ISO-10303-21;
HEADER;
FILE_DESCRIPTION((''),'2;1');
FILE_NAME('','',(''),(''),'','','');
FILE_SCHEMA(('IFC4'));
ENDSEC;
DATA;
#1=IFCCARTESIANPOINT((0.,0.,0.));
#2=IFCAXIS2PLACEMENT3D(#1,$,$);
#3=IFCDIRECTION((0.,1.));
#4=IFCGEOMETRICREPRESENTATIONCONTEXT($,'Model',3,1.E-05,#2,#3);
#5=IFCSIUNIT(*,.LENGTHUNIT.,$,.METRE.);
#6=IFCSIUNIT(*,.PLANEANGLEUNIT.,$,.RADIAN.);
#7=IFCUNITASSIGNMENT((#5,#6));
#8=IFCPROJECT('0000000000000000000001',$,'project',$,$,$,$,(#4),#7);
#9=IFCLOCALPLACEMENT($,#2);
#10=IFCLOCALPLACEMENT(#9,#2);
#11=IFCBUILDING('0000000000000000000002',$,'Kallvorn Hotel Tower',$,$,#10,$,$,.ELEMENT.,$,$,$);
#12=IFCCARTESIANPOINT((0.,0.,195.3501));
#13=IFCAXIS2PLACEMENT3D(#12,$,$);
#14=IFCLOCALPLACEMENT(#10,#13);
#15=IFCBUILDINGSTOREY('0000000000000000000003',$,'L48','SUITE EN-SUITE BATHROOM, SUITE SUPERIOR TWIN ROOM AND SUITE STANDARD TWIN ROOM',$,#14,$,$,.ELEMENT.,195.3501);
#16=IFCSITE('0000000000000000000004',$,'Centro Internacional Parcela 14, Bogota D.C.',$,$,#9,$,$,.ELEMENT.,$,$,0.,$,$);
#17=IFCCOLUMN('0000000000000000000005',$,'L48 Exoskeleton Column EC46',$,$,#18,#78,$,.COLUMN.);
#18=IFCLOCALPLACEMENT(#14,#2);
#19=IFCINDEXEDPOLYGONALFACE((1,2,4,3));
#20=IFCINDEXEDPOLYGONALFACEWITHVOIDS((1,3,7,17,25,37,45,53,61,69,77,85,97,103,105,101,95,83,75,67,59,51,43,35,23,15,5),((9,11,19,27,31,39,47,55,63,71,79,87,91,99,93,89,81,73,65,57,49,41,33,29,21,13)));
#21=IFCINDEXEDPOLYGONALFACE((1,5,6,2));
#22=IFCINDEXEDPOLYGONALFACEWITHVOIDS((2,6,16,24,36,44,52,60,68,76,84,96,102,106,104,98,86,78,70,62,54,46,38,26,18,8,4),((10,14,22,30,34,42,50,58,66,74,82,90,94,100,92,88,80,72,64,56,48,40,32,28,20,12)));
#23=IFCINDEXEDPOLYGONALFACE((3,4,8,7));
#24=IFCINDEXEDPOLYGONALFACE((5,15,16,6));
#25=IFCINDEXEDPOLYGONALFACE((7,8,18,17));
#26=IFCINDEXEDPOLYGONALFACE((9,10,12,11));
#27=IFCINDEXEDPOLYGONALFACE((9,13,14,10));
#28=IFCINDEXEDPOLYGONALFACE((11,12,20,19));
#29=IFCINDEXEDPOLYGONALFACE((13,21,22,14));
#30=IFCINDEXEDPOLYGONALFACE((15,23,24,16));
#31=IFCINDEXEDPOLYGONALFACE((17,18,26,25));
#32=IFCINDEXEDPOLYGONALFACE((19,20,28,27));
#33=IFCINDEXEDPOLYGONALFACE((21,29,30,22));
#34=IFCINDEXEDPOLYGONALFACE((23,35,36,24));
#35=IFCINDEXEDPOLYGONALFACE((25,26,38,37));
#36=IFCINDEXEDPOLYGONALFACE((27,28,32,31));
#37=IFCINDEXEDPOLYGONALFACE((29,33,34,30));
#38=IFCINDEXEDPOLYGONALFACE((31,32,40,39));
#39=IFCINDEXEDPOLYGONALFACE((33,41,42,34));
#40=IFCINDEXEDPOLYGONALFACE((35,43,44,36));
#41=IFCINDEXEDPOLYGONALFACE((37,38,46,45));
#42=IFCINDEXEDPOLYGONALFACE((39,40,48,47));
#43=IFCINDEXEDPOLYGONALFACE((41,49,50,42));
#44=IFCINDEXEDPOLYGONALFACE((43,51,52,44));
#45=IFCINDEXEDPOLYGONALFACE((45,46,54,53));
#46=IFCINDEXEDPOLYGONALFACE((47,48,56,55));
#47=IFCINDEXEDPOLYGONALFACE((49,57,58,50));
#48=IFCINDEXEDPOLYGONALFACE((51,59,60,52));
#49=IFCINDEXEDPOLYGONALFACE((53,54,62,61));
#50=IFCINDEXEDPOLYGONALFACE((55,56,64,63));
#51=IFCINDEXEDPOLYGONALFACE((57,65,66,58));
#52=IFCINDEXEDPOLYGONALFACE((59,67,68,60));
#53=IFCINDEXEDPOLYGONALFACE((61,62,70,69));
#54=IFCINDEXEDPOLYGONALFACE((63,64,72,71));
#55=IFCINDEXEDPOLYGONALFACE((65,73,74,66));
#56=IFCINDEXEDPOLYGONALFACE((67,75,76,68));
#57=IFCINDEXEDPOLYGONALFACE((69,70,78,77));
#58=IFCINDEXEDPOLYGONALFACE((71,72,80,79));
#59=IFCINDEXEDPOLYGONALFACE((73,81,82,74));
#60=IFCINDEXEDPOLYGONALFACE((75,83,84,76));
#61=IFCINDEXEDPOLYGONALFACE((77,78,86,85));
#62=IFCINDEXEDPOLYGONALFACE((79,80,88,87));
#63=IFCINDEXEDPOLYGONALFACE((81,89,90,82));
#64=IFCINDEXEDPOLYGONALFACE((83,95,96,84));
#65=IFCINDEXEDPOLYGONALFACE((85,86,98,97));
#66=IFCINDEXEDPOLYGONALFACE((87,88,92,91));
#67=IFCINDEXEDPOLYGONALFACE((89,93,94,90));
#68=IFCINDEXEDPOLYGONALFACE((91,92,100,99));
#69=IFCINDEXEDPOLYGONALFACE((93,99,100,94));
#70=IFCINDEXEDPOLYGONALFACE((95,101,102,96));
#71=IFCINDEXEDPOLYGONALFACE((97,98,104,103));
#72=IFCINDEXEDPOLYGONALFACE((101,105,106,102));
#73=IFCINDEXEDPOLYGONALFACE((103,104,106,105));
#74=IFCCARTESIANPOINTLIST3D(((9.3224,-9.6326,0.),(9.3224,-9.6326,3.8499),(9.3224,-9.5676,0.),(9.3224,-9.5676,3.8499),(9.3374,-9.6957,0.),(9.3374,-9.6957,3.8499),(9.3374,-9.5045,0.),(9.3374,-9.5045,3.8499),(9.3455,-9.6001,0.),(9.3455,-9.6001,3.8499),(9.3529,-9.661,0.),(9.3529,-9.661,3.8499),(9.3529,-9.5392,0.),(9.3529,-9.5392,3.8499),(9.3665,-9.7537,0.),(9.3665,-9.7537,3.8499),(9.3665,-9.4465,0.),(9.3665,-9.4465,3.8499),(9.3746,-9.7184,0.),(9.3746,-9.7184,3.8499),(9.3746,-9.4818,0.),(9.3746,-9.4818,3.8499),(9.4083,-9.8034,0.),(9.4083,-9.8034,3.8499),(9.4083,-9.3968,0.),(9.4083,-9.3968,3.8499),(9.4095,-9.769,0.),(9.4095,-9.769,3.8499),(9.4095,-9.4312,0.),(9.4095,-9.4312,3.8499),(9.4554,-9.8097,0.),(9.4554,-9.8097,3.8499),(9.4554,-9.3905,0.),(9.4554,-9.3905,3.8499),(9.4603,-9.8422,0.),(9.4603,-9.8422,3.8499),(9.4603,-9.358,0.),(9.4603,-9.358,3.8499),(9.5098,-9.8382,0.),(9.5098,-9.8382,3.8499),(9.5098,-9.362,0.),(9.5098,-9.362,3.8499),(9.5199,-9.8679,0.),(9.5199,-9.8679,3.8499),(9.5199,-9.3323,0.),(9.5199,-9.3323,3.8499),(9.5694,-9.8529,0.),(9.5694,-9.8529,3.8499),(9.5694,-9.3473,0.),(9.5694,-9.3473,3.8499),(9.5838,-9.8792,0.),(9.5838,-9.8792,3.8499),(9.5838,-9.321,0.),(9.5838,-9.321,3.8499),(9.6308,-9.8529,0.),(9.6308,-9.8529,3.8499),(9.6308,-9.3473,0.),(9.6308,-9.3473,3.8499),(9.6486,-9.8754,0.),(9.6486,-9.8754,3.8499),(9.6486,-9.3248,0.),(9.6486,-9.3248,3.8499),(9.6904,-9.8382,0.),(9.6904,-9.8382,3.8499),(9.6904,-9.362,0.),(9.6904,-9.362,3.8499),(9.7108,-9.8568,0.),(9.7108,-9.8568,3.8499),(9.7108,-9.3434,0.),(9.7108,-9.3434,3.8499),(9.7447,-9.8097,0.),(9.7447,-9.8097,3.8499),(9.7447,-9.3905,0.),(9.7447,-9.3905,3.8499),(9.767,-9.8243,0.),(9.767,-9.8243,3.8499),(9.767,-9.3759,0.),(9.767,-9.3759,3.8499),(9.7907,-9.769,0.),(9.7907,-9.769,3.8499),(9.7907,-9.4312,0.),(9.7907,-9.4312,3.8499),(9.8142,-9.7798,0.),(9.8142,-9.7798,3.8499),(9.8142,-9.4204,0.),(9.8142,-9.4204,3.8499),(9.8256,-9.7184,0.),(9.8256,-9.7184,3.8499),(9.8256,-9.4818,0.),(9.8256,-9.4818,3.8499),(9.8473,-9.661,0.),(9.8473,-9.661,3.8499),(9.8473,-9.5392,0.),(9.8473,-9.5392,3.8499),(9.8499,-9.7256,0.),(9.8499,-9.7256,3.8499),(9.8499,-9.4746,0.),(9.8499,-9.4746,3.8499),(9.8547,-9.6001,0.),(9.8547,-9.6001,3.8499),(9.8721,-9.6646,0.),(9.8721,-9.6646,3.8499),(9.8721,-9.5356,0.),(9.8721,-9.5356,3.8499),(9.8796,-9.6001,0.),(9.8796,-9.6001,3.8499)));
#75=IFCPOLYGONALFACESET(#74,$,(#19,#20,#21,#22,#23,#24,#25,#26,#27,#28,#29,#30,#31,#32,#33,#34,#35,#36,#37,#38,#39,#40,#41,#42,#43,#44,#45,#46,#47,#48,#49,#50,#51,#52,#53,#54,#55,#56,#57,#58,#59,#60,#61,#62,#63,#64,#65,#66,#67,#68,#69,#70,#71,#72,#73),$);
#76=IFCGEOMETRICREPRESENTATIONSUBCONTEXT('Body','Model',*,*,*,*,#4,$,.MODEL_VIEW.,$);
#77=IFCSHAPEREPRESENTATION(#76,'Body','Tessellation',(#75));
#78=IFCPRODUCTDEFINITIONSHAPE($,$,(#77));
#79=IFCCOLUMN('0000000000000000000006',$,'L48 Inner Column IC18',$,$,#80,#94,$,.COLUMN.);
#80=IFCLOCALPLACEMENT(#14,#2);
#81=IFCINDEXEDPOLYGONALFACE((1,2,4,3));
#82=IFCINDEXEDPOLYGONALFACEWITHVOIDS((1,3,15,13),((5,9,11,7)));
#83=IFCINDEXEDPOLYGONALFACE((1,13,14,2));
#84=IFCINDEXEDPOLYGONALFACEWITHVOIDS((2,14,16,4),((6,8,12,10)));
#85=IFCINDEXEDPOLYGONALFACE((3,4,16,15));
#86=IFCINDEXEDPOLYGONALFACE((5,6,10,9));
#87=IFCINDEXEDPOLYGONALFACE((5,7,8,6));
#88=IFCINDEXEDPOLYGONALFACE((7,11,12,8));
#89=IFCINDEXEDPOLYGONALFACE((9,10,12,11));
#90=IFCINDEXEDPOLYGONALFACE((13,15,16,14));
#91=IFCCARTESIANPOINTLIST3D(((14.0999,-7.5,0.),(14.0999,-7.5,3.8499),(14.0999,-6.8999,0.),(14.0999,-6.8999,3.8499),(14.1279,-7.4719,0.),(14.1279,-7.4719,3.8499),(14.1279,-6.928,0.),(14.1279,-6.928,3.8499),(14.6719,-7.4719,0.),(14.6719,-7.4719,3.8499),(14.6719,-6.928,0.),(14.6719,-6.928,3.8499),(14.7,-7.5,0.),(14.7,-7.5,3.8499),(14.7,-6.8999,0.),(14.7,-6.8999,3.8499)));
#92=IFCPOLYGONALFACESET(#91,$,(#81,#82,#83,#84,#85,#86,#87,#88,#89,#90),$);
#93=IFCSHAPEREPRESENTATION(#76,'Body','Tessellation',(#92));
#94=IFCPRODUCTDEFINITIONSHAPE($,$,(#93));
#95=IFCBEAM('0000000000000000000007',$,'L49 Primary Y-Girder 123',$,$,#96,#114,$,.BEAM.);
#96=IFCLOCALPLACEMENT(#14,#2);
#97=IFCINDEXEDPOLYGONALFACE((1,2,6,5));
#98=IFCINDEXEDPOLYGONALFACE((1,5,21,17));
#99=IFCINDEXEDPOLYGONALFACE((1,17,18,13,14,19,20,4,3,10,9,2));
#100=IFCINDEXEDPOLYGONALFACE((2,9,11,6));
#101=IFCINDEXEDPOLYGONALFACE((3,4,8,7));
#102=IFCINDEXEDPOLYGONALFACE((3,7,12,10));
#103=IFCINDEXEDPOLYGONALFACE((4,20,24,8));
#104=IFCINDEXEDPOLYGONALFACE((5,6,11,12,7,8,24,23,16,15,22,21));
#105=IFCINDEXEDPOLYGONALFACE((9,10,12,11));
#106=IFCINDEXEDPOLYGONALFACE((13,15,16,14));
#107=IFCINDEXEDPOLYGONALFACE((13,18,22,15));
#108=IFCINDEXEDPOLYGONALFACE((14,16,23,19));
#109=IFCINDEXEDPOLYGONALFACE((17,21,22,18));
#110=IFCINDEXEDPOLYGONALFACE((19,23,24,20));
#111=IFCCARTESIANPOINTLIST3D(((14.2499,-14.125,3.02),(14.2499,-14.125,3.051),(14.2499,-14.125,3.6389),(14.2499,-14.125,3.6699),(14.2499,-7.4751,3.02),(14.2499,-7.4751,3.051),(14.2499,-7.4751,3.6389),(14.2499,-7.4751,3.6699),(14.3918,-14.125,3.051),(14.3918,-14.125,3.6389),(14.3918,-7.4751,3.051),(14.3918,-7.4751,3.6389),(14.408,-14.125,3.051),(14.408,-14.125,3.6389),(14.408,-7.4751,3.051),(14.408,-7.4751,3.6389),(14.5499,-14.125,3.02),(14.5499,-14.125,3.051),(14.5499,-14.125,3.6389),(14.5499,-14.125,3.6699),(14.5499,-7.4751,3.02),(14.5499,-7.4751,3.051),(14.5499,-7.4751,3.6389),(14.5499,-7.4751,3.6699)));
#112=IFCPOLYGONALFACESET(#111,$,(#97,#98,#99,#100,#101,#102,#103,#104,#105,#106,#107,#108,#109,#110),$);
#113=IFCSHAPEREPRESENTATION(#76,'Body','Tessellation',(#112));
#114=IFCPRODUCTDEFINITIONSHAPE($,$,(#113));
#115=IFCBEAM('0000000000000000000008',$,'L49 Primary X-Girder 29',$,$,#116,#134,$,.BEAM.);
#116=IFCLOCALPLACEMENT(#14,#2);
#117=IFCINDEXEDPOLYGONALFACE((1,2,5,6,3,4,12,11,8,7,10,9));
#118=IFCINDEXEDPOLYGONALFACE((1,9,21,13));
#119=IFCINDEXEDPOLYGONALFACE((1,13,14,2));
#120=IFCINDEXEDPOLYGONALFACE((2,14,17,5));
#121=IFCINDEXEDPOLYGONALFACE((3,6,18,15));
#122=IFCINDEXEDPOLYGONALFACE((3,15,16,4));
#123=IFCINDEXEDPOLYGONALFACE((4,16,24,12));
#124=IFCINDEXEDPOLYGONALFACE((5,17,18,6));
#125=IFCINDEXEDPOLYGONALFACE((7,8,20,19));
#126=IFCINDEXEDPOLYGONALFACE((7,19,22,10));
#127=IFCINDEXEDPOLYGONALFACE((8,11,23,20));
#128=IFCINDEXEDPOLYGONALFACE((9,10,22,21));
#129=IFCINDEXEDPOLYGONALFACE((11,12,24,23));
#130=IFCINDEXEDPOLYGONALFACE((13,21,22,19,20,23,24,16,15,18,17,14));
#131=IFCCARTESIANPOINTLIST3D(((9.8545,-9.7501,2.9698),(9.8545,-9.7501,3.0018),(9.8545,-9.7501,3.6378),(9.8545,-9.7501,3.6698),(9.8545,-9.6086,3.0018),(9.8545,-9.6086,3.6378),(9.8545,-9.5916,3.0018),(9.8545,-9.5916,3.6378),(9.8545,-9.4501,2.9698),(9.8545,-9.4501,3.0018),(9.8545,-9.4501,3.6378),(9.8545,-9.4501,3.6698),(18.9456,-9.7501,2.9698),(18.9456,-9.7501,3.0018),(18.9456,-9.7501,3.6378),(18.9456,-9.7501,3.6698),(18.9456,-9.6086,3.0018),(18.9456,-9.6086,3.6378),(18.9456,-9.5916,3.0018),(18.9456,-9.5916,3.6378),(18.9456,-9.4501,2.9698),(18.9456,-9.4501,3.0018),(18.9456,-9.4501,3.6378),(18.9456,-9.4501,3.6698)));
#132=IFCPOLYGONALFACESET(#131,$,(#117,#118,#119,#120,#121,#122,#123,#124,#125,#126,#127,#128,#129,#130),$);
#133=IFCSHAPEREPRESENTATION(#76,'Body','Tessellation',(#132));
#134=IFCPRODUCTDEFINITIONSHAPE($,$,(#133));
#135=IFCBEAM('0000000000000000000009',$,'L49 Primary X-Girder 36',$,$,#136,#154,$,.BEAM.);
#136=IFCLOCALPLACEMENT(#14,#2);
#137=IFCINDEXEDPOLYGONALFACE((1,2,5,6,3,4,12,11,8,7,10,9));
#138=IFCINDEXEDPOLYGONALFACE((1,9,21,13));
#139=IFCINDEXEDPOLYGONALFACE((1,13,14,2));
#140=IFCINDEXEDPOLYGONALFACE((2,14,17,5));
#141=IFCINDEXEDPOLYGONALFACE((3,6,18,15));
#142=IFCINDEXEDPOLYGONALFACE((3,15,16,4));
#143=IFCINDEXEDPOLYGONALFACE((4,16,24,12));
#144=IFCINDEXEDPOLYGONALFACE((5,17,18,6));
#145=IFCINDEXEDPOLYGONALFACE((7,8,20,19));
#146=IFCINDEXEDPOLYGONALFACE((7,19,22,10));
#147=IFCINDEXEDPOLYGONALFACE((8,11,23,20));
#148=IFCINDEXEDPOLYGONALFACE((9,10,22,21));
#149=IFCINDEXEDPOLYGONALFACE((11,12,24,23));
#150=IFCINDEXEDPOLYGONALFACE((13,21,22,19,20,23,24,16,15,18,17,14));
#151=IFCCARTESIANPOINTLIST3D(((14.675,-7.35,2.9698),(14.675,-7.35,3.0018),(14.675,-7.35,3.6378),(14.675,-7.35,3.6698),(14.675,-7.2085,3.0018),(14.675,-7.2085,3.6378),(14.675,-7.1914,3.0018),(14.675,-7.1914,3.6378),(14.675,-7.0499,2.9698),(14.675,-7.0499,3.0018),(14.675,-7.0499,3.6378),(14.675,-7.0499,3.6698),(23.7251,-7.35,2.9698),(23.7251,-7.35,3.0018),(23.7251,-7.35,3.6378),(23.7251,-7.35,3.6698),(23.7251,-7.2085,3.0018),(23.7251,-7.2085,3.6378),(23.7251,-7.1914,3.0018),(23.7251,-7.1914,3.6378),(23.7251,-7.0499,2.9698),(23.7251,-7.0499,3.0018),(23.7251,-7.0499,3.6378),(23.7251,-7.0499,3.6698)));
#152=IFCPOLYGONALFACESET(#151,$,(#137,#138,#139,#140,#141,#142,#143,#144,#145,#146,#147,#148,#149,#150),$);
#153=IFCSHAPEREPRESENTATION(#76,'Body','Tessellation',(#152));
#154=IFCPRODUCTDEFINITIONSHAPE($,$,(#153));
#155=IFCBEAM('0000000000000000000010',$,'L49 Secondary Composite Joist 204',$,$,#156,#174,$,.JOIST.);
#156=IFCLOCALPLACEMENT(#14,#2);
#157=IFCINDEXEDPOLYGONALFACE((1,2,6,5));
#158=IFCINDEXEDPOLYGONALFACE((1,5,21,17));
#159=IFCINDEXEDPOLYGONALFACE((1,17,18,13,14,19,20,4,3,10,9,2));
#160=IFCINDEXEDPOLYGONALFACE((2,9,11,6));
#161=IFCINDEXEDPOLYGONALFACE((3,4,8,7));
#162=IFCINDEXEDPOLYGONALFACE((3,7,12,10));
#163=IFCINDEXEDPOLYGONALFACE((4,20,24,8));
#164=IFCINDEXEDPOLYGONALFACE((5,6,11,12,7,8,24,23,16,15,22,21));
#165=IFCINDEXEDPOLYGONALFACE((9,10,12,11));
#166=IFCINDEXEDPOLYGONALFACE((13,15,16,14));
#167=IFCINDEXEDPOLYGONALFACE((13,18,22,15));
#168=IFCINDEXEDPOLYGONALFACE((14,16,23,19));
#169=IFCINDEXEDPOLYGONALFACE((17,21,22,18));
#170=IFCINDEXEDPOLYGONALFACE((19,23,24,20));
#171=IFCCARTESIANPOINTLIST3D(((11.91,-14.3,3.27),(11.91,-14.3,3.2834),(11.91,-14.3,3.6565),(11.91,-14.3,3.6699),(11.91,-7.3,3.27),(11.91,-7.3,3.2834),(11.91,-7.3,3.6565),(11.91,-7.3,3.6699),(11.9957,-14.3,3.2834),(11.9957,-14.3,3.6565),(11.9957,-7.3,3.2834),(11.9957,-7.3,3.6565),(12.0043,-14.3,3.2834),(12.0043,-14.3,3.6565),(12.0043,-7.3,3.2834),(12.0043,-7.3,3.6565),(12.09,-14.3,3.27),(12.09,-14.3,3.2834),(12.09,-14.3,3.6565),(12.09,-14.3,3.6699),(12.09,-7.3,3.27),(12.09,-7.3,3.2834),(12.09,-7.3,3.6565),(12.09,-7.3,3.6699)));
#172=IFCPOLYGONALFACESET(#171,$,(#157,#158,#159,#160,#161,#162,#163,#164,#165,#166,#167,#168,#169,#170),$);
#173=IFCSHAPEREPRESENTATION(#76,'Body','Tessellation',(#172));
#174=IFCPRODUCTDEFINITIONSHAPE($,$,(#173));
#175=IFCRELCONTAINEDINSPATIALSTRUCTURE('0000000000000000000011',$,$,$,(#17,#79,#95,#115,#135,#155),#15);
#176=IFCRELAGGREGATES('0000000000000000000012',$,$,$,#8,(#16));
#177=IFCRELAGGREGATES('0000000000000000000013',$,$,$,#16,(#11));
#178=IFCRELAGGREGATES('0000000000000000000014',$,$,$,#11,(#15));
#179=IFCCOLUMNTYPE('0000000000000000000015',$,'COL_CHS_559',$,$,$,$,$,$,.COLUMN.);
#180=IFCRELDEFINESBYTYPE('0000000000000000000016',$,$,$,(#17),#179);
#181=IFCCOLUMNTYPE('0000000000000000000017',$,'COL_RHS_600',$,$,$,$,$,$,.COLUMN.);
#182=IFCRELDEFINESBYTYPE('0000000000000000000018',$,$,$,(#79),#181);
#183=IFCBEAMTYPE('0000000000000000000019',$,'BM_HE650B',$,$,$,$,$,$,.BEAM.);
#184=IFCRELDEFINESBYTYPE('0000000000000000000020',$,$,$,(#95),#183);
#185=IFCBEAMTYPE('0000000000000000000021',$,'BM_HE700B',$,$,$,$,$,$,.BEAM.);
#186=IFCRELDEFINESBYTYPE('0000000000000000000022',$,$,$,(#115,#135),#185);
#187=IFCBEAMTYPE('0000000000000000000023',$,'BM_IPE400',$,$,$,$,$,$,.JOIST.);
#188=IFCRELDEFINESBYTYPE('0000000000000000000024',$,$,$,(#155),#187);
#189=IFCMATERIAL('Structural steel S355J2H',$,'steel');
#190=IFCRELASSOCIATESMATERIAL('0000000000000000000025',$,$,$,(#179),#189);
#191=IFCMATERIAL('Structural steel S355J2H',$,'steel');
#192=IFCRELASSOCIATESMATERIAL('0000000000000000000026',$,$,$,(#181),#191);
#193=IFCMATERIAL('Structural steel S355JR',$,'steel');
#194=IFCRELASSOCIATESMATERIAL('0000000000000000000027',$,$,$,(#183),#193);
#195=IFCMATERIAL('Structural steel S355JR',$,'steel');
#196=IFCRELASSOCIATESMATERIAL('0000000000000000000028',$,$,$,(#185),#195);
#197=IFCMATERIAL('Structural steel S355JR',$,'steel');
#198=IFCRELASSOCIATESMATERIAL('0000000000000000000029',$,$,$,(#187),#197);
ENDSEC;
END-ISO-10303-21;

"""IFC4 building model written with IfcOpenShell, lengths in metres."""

from ifc_helpers import new_model, si_unit, direction, frame, origin, origin_2d, place, context, subcontext, project, spatial, hollow_rectangle, hollow_circle, i_section, extrude, material, material_profile, profile_set, type_object, element, save


model = new_model("IFC4")

# Units and contexts
model_context = context("Model", 3, precision=1e-05, world=origin(), true_north=direction((0.0, 1.0)))
body_context = subcontext(model_context, "Body", "Model", "MODEL_VIEW")
ifc_project = project(units=[si_unit("LENGTHUNIT", "METRE"), si_unit("PLANEANGLEUNIT", "RADIAN")], contexts=[model_context])

# Site, building, storey
site_placement = place(None, origin())
site = spatial("IfcSite", under=ifc_project, at=site_placement, Name="Centro Internacional Parcela 14, Bogota D.C.", CompositionType="ELEMENT", RefElevation=0.0)
building_placement = place(site_placement, origin())
building = spatial("IfcBuilding", under=site, at=building_placement, Name="Kallvorn Hotel Tower", CompositionType="ELEMENT")
storey_placement = place(building_placement, frame((0.0, 0.0, 195.3501)))
storey = spatial("IfcBuildingStorey", under=building, at=storey_placement, Name="L48", Description="SUITE EN-SUITE BATHROOM, SUITE SUPERIOR TWIN ROOM AND SUITE STANDARD TWIN ROOM", CompositionType="ELEMENT", Elevation=195.3501)

# Columns
ifc_material_1 = material(Name="Structural steel S355J2H", Category="steel")
ifc_material_profile_1 = material_profile(ifc_material_1, hollow_circle(Radius=0.2795, WallThickness=0.0249, at=origin_2d()), Name="CHS 559x25")
ifc_profile_set_1 = profile_set([ifc_material_profile_1], Name="Structural steel S355J2H")
column_type_1 = type_object("IfcColumnType", Name="COL_CHS_559", PredefinedType="COLUMN", material=ifc_profile_set_1)
column_1_placement = place(storey_placement, frame((9.6001, -9.6001, 0.0), z_axis=(0.0, 0.0, 1.0), x_axis=(1.0, 0.0, 0.0)))
element("IfcColumn", 1, at=column_1_placement, inside=storey, type_object=column_type_1, Name="L48 Exoskeleton Column EC46", PredefinedType="COLUMN", context=body_context, shape_type="SweptSolid", body=[
    extrude(hollow_circle(Radius=0.2795, WallThickness=0.0249, at=origin_2d()), origin(), (0.0, 0.0, 1.0), 3.8499),
])
ifc_material_2 = material(Name="Structural steel S355J2H", Category="steel")
ifc_material_profile_2 = material_profile(ifc_material_2, hollow_rectangle(XDim=0.6001, YDim=0.6001, WallThickness=0.0281, at=origin_2d()), Name="RHS 600x600x28")
ifc_profile_set_2 = profile_set([ifc_material_profile_2], Name="Structural steel S355J2H")
column_type_2 = type_object("IfcColumnType", Name="COL_RHS_600", PredefinedType="COLUMN", material=ifc_profile_set_2)
column_2_placement = place(storey_placement, frame((14.3999, -7.2, 0.0), z_axis=(0.0, 0.0, 1.0), x_axis=(1.0, 0.0, 0.0)))
element("IfcColumn", 2, at=column_2_placement, inside=storey, type_object=column_type_2, Name="L48 Inner Column IC18", PredefinedType="COLUMN", context=body_context, shape_type="SweptSolid", body=[
    extrude(hollow_rectangle(XDim=0.6001, YDim=0.6001, WallThickness=0.0281, at=origin_2d()), origin(), (0.0, 0.0, 1.0), 3.8499),
])

# Beams
ifc_material_3 = material(Name="Structural steel S355JR", Category="steel")
ifc_material_profile_3 = material_profile(ifc_material_3, i_section(OverallWidth=0.3, OverallDepth=0.6499, WebThickness=0.0161, FlangeThickness=0.031, at=origin_2d()), Name="HE 650 B")
ifc_profile_set_3 = profile_set([ifc_material_profile_3], Name="Structural steel S355JR")
beam_type_1 = type_object("IfcBeamType", Name="BM_HE650B", PredefinedType="BEAM", material=ifc_profile_set_3)
beam_1_placement = place(storey_placement, frame((14.3999, -14.125, 3.345), z_axis=(0.0, 1.0, 0.0), x_axis=(-1.0, 0.0, 0.0)))
element("IfcBeam", 3, at=beam_1_placement, inside=storey, type_object=beam_type_1, Name="L49 Primary Y-Girder 123", PredefinedType="BEAM", context=body_context, shape_type="SweptSolid", body=[
    extrude(i_section(OverallWidth=0.3, OverallDepth=0.6499, WebThickness=0.0161, FlangeThickness=0.031, at=origin_2d()), origin(), (0.0, 0.0, 1.0), 6.6499),
])
ifc_material_4 = material(Name="Structural steel S355JR", Category="steel")
ifc_material_profile_4 = material_profile(ifc_material_4, i_section(OverallWidth=0.3, OverallDepth=0.7, WebThickness=0.0171, FlangeThickness=0.032, at=origin_2d()), Name="HE 700 B")
ifc_profile_set_4 = profile_set([ifc_material_profile_4], Name="Structural steel S355JR")
beam_type_2 = type_object("IfcBeamType", Name="BM_HE700B", PredefinedType="BEAM", material=ifc_profile_set_4)
beam_2_placement = place(storey_placement, frame((9.8545, -9.6001, 3.3198), z_axis=(1.0, 0.0, 0.0), x_axis=(0.0, 1.0, 0.0)))
element("IfcBeam", 4, at=beam_2_placement, inside=storey, type_object=beam_type_2, Name="L49 Primary X-Girder 29", PredefinedType="BEAM", context=body_context, shape_type="SweptSolid", body=[
    extrude(i_section(OverallWidth=0.3, OverallDepth=0.7, WebThickness=0.0171, FlangeThickness=0.032, at=origin_2d()), origin(), (0.0, 0.0, 1.0), 9.0911),
])
beam_3_placement = place(storey_placement, frame((14.675, -7.2, 3.3198), z_axis=(1.0, 0.0, 0.0), x_axis=(0.0, 1.0, 0.0)))
element("IfcBeam", 5, at=beam_3_placement, inside=storey, type_object=beam_type_2, Name="L49 Primary X-Girder 36", PredefinedType="BEAM", context=body_context, shape_type="SweptSolid", body=[
    extrude(i_section(OverallWidth=0.3, OverallDepth=0.7, WebThickness=0.0171, FlangeThickness=0.032, at=origin_2d()), origin(), (0.0, 0.0, 1.0), 9.05),
])
ifc_material_5 = material(Name="Structural steel S355JR", Category="steel")
ifc_material_profile_5 = material_profile(ifc_material_5, i_section(OverallWidth=0.1799, OverallDepth=0.3999, WebThickness=0.0085, FlangeThickness=0.0134, at=origin_2d()), Name="IPE 400")
ifc_profile_set_5 = profile_set([ifc_material_profile_5], Name="Structural steel S355JR")
beam_type_3 = type_object("IfcBeamType", Name="BM_IPE400", PredefinedType="JOIST", material=ifc_profile_set_5)
beam_4_placement = place(storey_placement, frame((12.0, -14.3, 3.47), z_axis=(0.0, 1.0, 0.0), x_axis=(-1.0, 0.0, 0.0)))
element("IfcBeam", 6, at=beam_4_placement, inside=storey, type_object=beam_type_3, Name="L49 Secondary Composite Joist 204", PredefinedType="JOIST", context=body_context, shape_type="SweptSolid", body=[
    extrude(i_section(OverallWidth=0.1799, OverallDepth=0.3999, WebThickness=0.0085, FlangeThickness=0.0134, at=origin_2d()), origin(), (0.0, 0.0, 1.0), 7.0),
])

save(model, "model.ifc")
